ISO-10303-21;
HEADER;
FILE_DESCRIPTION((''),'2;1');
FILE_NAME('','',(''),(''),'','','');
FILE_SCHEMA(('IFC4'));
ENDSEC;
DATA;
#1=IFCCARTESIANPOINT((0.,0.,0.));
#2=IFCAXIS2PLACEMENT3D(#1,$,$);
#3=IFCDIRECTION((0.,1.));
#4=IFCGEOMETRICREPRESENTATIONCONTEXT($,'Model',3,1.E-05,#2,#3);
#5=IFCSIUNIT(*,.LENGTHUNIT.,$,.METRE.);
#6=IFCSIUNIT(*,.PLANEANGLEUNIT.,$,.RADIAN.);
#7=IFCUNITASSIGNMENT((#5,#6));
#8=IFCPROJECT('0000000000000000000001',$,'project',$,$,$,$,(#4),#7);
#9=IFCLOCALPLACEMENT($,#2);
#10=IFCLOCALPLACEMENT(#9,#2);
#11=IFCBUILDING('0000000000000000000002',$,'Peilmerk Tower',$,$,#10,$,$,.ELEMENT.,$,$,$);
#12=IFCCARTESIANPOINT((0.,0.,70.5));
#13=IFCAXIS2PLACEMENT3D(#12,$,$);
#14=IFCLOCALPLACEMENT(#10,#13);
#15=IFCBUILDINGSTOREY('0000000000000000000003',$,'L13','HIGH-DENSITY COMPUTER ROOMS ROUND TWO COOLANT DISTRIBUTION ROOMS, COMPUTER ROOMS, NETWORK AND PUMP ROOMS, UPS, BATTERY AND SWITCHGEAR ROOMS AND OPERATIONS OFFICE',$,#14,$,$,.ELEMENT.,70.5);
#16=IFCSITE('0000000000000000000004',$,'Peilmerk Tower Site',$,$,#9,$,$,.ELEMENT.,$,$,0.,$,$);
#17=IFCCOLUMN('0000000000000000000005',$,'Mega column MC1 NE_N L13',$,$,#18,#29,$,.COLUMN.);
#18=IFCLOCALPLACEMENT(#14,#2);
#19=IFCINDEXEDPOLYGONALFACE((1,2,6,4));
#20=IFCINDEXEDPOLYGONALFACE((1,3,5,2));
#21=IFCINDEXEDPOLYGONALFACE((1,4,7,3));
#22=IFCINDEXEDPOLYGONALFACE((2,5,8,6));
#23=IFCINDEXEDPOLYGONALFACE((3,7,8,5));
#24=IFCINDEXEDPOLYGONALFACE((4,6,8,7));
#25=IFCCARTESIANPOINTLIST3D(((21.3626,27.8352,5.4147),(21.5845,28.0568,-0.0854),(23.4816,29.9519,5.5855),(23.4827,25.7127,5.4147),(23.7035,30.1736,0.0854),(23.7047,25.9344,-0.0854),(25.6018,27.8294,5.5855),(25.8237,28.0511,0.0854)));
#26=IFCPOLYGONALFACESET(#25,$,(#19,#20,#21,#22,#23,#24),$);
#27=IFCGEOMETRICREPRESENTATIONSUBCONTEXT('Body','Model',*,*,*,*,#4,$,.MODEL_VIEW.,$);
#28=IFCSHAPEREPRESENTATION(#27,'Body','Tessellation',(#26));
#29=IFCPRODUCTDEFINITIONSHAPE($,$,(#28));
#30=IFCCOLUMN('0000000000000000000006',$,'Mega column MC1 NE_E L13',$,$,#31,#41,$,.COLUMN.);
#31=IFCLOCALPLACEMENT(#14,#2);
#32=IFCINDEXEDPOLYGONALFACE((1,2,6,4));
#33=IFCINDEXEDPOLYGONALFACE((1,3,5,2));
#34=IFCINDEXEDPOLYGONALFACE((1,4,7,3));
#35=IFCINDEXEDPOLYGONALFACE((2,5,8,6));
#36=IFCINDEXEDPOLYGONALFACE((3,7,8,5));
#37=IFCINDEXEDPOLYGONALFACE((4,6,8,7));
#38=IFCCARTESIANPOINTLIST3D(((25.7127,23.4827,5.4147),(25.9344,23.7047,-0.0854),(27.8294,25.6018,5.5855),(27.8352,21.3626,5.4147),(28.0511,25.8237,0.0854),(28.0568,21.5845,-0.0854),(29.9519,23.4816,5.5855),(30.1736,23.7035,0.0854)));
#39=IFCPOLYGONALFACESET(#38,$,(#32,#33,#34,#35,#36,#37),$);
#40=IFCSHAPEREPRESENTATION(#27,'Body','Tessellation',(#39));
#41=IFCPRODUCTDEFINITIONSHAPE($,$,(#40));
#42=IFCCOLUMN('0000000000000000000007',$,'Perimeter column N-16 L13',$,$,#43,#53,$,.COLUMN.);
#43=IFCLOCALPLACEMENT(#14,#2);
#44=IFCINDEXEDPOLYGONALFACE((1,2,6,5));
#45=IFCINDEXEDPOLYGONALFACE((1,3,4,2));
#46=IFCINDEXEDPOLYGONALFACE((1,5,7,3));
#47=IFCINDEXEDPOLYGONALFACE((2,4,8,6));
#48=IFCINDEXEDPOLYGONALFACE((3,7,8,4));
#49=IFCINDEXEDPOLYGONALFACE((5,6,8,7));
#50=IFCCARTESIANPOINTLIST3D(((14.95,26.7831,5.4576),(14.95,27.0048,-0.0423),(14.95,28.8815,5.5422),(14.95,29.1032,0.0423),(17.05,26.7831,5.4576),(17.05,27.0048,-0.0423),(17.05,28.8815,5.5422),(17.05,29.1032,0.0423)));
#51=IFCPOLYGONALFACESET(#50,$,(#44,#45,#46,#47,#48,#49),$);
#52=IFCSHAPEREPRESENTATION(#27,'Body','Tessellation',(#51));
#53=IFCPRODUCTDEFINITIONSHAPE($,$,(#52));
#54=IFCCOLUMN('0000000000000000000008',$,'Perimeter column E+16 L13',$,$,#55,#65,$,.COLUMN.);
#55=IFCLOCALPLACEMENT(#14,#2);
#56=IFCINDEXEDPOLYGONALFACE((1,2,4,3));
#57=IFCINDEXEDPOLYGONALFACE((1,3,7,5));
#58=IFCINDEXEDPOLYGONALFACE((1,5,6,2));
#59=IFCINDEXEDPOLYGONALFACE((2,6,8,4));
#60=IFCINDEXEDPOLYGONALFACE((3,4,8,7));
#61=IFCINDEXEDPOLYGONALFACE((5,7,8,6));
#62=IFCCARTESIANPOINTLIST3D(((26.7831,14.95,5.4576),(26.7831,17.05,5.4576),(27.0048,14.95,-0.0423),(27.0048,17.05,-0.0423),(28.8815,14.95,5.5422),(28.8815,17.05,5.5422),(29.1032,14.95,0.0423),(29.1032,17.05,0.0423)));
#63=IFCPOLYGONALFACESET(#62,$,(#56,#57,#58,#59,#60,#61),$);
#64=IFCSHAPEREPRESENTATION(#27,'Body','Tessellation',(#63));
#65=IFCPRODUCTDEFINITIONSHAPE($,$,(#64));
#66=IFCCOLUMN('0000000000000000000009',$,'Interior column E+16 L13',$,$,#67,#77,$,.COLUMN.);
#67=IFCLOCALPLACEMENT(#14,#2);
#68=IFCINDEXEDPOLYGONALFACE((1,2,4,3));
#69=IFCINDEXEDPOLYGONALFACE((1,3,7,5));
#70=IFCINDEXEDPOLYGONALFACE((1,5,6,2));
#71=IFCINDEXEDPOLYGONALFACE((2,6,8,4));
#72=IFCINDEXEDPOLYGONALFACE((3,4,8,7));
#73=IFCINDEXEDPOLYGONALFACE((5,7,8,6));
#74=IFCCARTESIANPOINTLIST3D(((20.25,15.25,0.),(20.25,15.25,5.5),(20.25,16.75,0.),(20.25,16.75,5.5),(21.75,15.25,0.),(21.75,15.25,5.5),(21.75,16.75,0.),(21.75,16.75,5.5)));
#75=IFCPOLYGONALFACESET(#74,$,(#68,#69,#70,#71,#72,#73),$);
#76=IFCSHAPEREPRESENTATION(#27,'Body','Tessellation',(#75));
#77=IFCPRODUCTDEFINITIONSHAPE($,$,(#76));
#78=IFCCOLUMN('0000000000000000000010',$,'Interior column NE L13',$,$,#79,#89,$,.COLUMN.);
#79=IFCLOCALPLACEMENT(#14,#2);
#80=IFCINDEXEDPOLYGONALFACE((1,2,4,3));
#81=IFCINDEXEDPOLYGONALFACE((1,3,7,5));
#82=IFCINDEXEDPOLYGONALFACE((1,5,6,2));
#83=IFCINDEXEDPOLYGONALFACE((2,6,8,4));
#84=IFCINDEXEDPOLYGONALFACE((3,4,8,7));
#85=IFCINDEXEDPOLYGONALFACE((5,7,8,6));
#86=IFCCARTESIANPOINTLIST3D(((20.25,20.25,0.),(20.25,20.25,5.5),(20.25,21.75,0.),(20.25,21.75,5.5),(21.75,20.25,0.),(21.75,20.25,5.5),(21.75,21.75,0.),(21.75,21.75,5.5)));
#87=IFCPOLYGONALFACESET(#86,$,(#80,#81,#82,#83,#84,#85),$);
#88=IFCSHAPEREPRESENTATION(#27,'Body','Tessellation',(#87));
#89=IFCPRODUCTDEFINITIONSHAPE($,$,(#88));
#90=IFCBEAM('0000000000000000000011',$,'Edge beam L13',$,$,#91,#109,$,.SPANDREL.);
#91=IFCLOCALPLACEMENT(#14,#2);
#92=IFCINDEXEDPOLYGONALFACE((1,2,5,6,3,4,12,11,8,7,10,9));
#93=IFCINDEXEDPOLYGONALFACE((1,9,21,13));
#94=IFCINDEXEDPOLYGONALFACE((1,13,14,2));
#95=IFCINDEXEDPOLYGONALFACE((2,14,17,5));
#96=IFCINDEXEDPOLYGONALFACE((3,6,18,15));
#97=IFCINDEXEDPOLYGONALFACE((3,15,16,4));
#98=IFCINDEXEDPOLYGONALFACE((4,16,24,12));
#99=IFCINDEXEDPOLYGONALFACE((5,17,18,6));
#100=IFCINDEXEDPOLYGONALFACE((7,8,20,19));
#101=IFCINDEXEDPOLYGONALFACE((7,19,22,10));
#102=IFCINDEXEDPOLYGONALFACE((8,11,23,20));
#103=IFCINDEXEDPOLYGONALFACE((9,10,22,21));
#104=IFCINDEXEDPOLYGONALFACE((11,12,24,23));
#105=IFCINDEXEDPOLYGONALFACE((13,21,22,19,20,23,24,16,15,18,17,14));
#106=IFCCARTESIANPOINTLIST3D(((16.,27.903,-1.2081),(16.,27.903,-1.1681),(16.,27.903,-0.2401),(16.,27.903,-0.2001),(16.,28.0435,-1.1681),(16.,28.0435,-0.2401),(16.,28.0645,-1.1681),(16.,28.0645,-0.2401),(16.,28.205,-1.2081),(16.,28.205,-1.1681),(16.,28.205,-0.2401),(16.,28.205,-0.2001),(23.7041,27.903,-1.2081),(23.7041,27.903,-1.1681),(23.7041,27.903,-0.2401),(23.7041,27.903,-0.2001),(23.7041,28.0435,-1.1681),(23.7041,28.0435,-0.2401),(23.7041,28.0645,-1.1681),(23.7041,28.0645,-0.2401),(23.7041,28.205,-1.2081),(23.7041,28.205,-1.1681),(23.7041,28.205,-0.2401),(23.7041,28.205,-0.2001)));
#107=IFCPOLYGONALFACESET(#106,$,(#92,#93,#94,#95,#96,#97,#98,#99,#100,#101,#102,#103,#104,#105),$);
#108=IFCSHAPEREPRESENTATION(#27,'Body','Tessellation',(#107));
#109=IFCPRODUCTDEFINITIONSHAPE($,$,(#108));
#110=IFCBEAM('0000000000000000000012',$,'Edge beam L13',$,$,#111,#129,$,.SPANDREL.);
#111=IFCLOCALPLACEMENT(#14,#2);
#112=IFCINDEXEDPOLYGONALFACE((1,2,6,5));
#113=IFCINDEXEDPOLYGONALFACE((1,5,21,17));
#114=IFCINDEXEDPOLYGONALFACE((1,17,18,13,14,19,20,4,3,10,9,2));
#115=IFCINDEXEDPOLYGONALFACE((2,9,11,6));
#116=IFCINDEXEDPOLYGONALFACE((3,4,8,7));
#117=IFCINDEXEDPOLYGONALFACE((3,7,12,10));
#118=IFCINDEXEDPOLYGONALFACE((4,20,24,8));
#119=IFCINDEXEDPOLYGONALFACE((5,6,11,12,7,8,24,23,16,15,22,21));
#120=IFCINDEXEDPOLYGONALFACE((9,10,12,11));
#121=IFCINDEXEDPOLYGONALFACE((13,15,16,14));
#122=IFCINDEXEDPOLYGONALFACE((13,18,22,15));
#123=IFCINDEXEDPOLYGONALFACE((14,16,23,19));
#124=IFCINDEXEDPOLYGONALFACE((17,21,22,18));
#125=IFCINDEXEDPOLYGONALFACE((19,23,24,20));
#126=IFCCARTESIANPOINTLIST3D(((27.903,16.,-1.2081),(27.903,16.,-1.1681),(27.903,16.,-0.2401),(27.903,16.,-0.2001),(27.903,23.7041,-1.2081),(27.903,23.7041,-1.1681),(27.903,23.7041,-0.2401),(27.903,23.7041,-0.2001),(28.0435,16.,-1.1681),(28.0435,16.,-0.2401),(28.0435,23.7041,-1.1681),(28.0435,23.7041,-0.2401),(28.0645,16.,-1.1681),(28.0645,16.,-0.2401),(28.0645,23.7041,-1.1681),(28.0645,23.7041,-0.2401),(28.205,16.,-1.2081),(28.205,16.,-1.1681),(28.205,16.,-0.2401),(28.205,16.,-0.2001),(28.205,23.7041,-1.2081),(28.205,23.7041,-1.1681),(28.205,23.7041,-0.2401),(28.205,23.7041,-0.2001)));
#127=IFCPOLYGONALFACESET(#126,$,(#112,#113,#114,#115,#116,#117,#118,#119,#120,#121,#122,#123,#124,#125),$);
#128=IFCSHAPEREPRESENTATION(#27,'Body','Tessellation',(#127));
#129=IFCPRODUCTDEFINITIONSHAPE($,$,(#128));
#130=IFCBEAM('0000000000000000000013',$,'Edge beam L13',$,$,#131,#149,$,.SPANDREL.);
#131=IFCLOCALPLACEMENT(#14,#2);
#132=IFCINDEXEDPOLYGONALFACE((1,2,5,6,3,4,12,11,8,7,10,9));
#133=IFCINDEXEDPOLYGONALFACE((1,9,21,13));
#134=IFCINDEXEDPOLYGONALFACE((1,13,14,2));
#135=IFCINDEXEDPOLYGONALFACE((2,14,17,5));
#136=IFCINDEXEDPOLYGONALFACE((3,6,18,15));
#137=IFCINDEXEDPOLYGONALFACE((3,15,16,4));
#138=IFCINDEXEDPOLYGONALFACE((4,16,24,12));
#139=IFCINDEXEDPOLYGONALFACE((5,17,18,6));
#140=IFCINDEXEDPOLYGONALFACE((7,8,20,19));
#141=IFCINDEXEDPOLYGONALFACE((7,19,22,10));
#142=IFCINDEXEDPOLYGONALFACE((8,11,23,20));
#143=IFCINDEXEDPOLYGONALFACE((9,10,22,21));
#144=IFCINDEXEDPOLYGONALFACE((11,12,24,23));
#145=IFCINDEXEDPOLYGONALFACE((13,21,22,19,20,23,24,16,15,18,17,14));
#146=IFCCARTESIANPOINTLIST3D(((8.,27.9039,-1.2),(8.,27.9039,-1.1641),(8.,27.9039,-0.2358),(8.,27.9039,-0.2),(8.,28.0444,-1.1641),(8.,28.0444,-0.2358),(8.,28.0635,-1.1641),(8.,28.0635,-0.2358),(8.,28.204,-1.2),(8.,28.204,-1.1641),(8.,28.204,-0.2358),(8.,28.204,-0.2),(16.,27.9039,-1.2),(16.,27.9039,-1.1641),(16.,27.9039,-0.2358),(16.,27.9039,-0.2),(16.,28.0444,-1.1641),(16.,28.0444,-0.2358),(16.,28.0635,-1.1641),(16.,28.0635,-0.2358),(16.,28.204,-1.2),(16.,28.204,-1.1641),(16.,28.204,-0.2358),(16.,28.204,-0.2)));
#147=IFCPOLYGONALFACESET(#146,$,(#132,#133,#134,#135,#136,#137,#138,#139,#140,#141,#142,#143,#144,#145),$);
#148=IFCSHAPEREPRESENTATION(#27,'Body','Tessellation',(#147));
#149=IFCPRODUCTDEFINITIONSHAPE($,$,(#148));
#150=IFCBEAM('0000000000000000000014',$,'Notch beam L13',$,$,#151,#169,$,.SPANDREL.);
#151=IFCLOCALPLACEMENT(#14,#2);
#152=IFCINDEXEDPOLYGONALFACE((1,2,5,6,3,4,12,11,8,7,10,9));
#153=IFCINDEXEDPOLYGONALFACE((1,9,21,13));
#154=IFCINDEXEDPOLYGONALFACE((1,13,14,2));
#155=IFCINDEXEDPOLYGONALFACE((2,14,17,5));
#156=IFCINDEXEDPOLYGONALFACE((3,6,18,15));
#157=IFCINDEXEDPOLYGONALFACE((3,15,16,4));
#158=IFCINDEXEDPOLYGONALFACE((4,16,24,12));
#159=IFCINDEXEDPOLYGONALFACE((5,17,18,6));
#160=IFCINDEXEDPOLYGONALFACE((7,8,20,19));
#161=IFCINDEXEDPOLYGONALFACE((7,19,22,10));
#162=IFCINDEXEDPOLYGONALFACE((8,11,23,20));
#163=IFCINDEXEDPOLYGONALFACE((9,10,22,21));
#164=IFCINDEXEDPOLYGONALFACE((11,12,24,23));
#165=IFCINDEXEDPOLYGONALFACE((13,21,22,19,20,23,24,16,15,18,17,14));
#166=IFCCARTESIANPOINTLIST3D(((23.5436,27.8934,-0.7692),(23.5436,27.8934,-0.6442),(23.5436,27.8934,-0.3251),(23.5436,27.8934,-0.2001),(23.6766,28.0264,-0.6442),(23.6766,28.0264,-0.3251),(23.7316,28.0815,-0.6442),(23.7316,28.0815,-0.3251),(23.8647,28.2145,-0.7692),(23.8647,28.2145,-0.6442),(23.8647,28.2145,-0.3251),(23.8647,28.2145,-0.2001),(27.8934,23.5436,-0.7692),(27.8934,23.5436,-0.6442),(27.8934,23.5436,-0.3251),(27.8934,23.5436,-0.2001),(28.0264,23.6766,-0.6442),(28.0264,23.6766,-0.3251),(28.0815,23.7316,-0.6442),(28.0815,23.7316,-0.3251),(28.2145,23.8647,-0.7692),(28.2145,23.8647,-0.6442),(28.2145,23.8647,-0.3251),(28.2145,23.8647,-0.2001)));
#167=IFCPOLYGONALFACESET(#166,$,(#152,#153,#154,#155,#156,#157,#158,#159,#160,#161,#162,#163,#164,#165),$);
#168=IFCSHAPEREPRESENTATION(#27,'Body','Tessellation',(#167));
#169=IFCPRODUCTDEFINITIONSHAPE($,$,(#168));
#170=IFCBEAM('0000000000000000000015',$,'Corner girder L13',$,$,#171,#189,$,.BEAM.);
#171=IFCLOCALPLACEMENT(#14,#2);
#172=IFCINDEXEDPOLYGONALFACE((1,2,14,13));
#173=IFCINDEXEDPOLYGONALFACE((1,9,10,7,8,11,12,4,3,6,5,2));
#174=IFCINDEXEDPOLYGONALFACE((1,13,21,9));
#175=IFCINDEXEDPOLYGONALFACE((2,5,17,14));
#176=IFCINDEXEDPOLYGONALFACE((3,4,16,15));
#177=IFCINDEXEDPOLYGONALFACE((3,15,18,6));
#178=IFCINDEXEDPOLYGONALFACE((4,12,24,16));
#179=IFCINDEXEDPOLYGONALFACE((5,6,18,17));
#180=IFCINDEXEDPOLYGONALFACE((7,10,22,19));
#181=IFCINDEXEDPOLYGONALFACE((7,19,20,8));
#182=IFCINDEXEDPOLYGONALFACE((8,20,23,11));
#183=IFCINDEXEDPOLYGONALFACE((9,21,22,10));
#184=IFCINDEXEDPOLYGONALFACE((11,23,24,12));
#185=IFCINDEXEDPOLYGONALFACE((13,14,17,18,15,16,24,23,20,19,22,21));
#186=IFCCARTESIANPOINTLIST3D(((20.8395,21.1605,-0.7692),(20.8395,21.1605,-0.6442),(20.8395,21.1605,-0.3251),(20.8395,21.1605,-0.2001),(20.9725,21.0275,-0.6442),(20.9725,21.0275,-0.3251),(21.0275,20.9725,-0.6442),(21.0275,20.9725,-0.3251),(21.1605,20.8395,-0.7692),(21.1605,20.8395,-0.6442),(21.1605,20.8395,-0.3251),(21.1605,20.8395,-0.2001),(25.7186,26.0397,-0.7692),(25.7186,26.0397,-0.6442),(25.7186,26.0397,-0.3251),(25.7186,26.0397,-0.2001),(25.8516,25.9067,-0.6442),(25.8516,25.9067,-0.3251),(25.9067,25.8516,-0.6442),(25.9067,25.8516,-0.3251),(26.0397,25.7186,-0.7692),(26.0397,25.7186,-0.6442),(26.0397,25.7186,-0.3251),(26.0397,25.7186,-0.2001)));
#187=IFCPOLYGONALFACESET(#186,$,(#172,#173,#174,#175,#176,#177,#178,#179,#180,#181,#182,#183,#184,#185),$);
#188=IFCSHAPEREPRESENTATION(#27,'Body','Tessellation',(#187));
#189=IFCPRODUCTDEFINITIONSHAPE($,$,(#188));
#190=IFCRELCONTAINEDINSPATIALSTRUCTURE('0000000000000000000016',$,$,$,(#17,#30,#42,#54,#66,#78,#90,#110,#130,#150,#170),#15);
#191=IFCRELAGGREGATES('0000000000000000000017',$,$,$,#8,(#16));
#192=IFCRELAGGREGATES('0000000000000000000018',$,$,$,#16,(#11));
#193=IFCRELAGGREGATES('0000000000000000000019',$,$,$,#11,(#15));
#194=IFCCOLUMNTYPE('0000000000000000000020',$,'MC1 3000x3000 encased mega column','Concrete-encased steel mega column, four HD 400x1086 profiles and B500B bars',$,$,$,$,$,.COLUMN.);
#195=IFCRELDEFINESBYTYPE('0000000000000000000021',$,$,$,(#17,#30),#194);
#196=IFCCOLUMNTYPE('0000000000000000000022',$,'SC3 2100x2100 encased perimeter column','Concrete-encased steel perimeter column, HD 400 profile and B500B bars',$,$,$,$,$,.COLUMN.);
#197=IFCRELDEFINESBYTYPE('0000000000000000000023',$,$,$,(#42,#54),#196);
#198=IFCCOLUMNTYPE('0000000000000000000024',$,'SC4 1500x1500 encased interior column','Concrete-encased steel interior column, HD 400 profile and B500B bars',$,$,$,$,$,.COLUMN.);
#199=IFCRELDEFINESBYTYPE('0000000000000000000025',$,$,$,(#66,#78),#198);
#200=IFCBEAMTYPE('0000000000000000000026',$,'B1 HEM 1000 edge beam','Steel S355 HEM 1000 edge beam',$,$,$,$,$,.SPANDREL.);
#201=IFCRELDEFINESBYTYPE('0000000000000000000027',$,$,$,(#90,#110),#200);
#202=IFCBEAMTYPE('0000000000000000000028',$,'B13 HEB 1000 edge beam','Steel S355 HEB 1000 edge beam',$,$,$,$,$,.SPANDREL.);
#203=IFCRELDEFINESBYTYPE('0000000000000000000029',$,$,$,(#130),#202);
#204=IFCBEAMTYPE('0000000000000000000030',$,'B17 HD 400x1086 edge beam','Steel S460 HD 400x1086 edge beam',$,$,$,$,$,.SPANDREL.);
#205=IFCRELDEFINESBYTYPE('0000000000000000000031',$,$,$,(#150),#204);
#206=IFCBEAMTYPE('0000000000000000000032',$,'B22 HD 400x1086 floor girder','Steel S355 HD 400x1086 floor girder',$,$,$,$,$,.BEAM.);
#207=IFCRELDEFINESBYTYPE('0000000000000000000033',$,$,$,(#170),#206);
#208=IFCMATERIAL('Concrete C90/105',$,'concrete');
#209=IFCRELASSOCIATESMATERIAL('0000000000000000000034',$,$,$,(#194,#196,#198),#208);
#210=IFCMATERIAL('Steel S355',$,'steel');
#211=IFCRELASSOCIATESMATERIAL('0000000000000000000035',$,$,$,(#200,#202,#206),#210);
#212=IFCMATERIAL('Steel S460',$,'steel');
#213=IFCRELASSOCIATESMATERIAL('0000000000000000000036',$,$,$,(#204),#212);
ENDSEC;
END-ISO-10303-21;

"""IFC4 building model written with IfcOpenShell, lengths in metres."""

from ifc_helpers import new_model, si_unit, direction, frame, origin, origin_2d, place, context, subcontext, project, spatial, rectangle, i_section, extrude, material, material_profile, profile_set, type_object, element, save


model = new_model("IFC4")

# Units and contexts
model_context = context("Model", 3, precision=1e-05, world=origin(), true_north=direction((0.0, 1.0)))
body_context = subcontext(model_context, "Body", "Model", "MODEL_VIEW")
ifc_project = project(units=[si_unit("LENGTHUNIT", "METRE"), si_unit("PLANEANGLEUNIT", "RADIAN")], contexts=[model_context])

# Site, building, storey
site_placement = place(None, origin())
site = spatial("IfcSite", under=ifc_project, at=site_placement, Name="Peilmerk Tower Site", CompositionType="ELEMENT", RefElevation=0.0)
building_placement = place(site_placement, origin())
building = spatial("IfcBuilding", under=site, at=building_placement, Name="Peilmerk Tower", CompositionType="ELEMENT")
storey_placement = place(building_placement, frame((0.0, 0.0, 70.5)))
storey = spatial("IfcBuildingStorey", under=building, at=storey_placement, Name="L13", Description="HIGH-DENSITY COMPUTER ROOMS ROUND TWO COOLANT DISTRIBUTION ROOMS, COMPUTER ROOMS, NETWORK AND PUMP ROOMS, UPS, BATTERY AND SWITCHGEAR ROOMS AND OPERATIONS OFFICE", CompositionType="ELEMENT", Elevation=70.5)

# Columns
ifc_material_1 = material(Name="Concrete C90/105", Category="concrete")
ifc_material_profile_1 = material_profile(ifc_material_1, rectangle(XDim=3.0, YDim=3.0, at=origin_2d()), Name="RC 3000x3000")
ifc_profile_set_1 = profile_set([ifc_material_profile_1], Name="Concrete C90/105")
column_type_1 = type_object("IfcColumnType", Name="MC1 3000x3000 encased mega column", Description="Concrete-encased steel mega column, four HD 400x1086 profiles and B500B bars", PredefinedType="COLUMN", material=ifc_profile_set_1)
for number, where, z_axis, x_axis, name in (
    (1, (23.7041, 28.054, 0.0), (-0.040284, -0.04024, 0.998378), (0.706718, -0.707496, 0.0), "Mega column MC1 NE_N L13"),
    (2, (28.054, 23.7041, 0.0), (-0.04024, -0.040284, 0.998378), (0.707496, -0.706718, 0.0), "Mega column MC1 NE_E L13"),
):
    element("IfcColumn", number, at=place(storey_placement, frame(where, z_axis=z_axis, x_axis=x_axis)), inside=storey, type_object=column_type_1, Name=name, PredefinedType="COLUMN", context=body_context, shape_type="SweptSolid", body=[
        extrude(rectangle(XDim=3.0, YDim=3.0, at=origin_2d()), origin(), (0.0, 0.0, 1.0), 5.509),
    ])
ifc_material_profile_2 = material_profile(ifc_material_1, rectangle(XDim=2.1001, YDim=2.1001, at=origin_2d()), Name="RC 2100x2100")
ifc_profile_set_2 = profile_set([ifc_material_profile_2], Name="Concrete C90/105")
column_type_2 = type_object("IfcColumnType", Name="SC3 2100x2100 encased perimeter column", Description="Concrete-encased steel perimeter column, HD 400 profile and B500B bars", PredefinedType="COLUMN", material=ifc_profile_set_2)
for number, where, z_axis, x_axis, name in (
    (3, (16.0, 28.054, 0.0), (0.0, -0.040273, 0.999189), (1.0, 0.0, 0.0), "Perimeter column N-16 L13"),
    (4, (28.054, 16.0, 0.0), (-0.040273, 0.0, 0.999189), (0.0, -1.0, 0.0), "Perimeter column E+16 L13"),
):
    element("IfcColumn", number, at=place(storey_placement, frame(where, z_axis=z_axis, x_axis=x_axis)), inside=storey, type_object=column_type_2, Name=name, PredefinedType="COLUMN", context=body_context, shape_type="SweptSolid", body=[
        extrude(rectangle(XDim=2.1001, YDim=2.1001, at=origin_2d()), origin(), (0.0, 0.0, 1.0), 5.5044),
    ])
ifc_material_profile_3 = material_profile(ifc_material_1, rectangle(XDim=1.5, YDim=1.5, at=origin_2d()), Name="RC 1500x1500")
ifc_profile_set_3 = profile_set([ifc_material_profile_3], Name="Concrete C90/105")
column_type_3 = type_object("IfcColumnType", Name="SC4 1500x1500 encased interior column", Description="Concrete-encased steel interior column, HD 400 profile and B500B bars", PredefinedType="COLUMN", material=ifc_profile_set_3)
for number, where, z_axis, x_axis, name in (
    (5, (21.0, 16.0, 0.0), (0.0, 0.0, 1.0), (1.0, 0.0, 0.0), "Interior column E+16 L13"),
    (6, (21.0, 21.0, 0.0), (0.0, 0.0, 1.0), (1.0, 0.0, 0.0), "Interior column NE L13"),
):
    element("IfcColumn", number, at=place(storey_placement, frame(where, z_axis=z_axis, x_axis=x_axis)), inside=storey, type_object=column_type_3, Name=name, PredefinedType="COLUMN", context=body_context, shape_type="SweptSolid", body=[
        extrude(rectangle(XDim=1.5, YDim=1.5, at=origin_2d()), origin(), (0.0, 0.0, 1.0), 5.5),
    ])

# Beams
ifc_material_2 = material(Name="Steel S355", Category="steel")
ifc_material_profile_4 = material_profile(ifc_material_2, i_section(OverallWidth=0.302, OverallDepth=1.0081, WebThickness=0.021, FlangeThickness=0.04, at=origin_2d()), Name="HEM 1000")
ifc_profile_set_4 = profile_set([ifc_material_profile_4], Name="Steel S355")
beam_type_1 = type_object("IfcBeamType", Name="B1 HEM 1000 edge beam", Description="Steel S355 HEM 1000 edge beam", PredefinedType="SPANDREL", material=ifc_profile_set_4)
for number, where, z_axis, x_axis, name in (
    (7, (23.7041, 28.054, -0.7041), (-1.0, 0.0, 0.0), (0.0, -1.0, 0.0), "Edge beam L13"),
    (8, (28.054, 16.0, -0.7041), (0.0, 1.0, 0.0), (-1.0, 0.0, 0.0), "Edge beam L13"),
):
    element("IfcBeam", number, at=place(storey_placement, frame(where, z_axis=z_axis, x_axis=x_axis)), inside=storey, type_object=beam_type_1, Name=name, PredefinedType="SPANDREL", context=body_context, shape_type="SweptSolid", body=[
        extrude(i_section(OverallWidth=0.302, OverallDepth=1.0081, WebThickness=0.021, FlangeThickness=0.04, at=origin_2d()), origin(), (0.0, 0.0, 1.0), 7.7041),
    ])
ifc_material_profile_5 = material_profile(ifc_material_2, i_section(OverallWidth=0.3, OverallDepth=1.0, WebThickness=0.019, FlangeThickness=0.0359, at=origin_2d()), Name="HEB 1000")
ifc_profile_set_5 = profile_set([ifc_material_profile_5], Name="Steel S355")
beam_type_2 = type_object("IfcBeamType", Name="B13 HEB 1000 edge beam", Description="Steel S355 HEB 1000 edge beam", PredefinedType="SPANDREL", material=ifc_profile_set_5)
beam_1_placement = place(storey_placement, frame((16.0, 28.054, -0.7), z_axis=(-1.0, 0.0, 0.0), x_axis=(0.0, -1.0, 0.0)))
element("IfcBeam", 9, at=beam_1_placement, inside=storey, type_object=beam_type_2, Name="Edge beam L13", PredefinedType="SPANDREL", context=body_context, shape_type="SweptSolid", body=[
    extrude(i_section(OverallWidth=0.3, OverallDepth=1.0, WebThickness=0.019, FlangeThickness=0.0359, at=origin_2d()), origin(), (0.0, 0.0, 1.0), 8.0),
])
ifc_material_3 = material(Name="Steel S460", Category="steel")
ifc_material_profile_6 = material_profile(ifc_material_3, i_section(OverallWidth=0.4541, OverallDepth=0.5691, WebThickness=0.0779, FlangeThickness=0.125, at=origin_2d()), Name="HD 400x1086")
ifc_profile_set_6 = profile_set([ifc_material_profile_6], Name="Steel S460")
beam_type_3 = type_object("IfcBeamType", Name="B17 HD 400x1086 edge beam", Description="Steel S460 HD 400x1086 edge beam", PredefinedType="SPANDREL", material=ifc_profile_set_6)
beam_2_placement = place(storey_placement, frame((23.7041, 28.054, -0.4846), z_axis=(0.707107, -0.707107, 0.0), x_axis=(0.707107, 0.707107, 0.0)))
element("IfcBeam", 10, at=beam_2_placement, inside=storey, type_object=beam_type_3, Name="Notch beam L13", PredefinedType="SPANDREL", context=body_context, shape_type="SweptSolid", body=[
    extrude(i_section(OverallWidth=0.4541, OverallDepth=0.5691, WebThickness=0.0779, FlangeThickness=0.125, at=origin_2d()), origin(), (0.0, 0.0, 1.0), 6.1516),
])
ifc_material_profile_7 = material_profile(ifc_material_2, i_section(OverallWidth=0.4541, OverallDepth=0.5691, WebThickness=0.0779, FlangeThickness=0.125, at=origin_2d()), Name="HD 400x1086")
ifc_profile_set_7 = profile_set([ifc_material_profile_7], Name="Steel S355")
beam_type_4 = type_object("IfcBeamType", Name="B22 HD 400x1086 floor girder", Description="Steel S355 HD 400x1086 floor girder", PredefinedType="BEAM", material=ifc_profile_set_7)
beam_3_placement = place(storey_placement, frame((21.0, 21.0, -0.4846), z_axis=(0.707107, 0.707107, 0.0), x_axis=(-0.707107, 0.707107, 0.0)))
element("IfcBeam", 11, at=beam_3_placement, inside=storey, type_object=beam_type_4, Name="Corner girder L13", PredefinedType="BEAM", context=body_context, shape_type="SweptSolid", body=[
    extrude(i_section(OverallWidth=0.4541, OverallDepth=0.5691, WebThickness=0.0779, FlangeThickness=0.125, at=origin_2d()), origin(), (0.0, 0.0, 1.0), 6.9001),
])

save(model, "model.ifc")
